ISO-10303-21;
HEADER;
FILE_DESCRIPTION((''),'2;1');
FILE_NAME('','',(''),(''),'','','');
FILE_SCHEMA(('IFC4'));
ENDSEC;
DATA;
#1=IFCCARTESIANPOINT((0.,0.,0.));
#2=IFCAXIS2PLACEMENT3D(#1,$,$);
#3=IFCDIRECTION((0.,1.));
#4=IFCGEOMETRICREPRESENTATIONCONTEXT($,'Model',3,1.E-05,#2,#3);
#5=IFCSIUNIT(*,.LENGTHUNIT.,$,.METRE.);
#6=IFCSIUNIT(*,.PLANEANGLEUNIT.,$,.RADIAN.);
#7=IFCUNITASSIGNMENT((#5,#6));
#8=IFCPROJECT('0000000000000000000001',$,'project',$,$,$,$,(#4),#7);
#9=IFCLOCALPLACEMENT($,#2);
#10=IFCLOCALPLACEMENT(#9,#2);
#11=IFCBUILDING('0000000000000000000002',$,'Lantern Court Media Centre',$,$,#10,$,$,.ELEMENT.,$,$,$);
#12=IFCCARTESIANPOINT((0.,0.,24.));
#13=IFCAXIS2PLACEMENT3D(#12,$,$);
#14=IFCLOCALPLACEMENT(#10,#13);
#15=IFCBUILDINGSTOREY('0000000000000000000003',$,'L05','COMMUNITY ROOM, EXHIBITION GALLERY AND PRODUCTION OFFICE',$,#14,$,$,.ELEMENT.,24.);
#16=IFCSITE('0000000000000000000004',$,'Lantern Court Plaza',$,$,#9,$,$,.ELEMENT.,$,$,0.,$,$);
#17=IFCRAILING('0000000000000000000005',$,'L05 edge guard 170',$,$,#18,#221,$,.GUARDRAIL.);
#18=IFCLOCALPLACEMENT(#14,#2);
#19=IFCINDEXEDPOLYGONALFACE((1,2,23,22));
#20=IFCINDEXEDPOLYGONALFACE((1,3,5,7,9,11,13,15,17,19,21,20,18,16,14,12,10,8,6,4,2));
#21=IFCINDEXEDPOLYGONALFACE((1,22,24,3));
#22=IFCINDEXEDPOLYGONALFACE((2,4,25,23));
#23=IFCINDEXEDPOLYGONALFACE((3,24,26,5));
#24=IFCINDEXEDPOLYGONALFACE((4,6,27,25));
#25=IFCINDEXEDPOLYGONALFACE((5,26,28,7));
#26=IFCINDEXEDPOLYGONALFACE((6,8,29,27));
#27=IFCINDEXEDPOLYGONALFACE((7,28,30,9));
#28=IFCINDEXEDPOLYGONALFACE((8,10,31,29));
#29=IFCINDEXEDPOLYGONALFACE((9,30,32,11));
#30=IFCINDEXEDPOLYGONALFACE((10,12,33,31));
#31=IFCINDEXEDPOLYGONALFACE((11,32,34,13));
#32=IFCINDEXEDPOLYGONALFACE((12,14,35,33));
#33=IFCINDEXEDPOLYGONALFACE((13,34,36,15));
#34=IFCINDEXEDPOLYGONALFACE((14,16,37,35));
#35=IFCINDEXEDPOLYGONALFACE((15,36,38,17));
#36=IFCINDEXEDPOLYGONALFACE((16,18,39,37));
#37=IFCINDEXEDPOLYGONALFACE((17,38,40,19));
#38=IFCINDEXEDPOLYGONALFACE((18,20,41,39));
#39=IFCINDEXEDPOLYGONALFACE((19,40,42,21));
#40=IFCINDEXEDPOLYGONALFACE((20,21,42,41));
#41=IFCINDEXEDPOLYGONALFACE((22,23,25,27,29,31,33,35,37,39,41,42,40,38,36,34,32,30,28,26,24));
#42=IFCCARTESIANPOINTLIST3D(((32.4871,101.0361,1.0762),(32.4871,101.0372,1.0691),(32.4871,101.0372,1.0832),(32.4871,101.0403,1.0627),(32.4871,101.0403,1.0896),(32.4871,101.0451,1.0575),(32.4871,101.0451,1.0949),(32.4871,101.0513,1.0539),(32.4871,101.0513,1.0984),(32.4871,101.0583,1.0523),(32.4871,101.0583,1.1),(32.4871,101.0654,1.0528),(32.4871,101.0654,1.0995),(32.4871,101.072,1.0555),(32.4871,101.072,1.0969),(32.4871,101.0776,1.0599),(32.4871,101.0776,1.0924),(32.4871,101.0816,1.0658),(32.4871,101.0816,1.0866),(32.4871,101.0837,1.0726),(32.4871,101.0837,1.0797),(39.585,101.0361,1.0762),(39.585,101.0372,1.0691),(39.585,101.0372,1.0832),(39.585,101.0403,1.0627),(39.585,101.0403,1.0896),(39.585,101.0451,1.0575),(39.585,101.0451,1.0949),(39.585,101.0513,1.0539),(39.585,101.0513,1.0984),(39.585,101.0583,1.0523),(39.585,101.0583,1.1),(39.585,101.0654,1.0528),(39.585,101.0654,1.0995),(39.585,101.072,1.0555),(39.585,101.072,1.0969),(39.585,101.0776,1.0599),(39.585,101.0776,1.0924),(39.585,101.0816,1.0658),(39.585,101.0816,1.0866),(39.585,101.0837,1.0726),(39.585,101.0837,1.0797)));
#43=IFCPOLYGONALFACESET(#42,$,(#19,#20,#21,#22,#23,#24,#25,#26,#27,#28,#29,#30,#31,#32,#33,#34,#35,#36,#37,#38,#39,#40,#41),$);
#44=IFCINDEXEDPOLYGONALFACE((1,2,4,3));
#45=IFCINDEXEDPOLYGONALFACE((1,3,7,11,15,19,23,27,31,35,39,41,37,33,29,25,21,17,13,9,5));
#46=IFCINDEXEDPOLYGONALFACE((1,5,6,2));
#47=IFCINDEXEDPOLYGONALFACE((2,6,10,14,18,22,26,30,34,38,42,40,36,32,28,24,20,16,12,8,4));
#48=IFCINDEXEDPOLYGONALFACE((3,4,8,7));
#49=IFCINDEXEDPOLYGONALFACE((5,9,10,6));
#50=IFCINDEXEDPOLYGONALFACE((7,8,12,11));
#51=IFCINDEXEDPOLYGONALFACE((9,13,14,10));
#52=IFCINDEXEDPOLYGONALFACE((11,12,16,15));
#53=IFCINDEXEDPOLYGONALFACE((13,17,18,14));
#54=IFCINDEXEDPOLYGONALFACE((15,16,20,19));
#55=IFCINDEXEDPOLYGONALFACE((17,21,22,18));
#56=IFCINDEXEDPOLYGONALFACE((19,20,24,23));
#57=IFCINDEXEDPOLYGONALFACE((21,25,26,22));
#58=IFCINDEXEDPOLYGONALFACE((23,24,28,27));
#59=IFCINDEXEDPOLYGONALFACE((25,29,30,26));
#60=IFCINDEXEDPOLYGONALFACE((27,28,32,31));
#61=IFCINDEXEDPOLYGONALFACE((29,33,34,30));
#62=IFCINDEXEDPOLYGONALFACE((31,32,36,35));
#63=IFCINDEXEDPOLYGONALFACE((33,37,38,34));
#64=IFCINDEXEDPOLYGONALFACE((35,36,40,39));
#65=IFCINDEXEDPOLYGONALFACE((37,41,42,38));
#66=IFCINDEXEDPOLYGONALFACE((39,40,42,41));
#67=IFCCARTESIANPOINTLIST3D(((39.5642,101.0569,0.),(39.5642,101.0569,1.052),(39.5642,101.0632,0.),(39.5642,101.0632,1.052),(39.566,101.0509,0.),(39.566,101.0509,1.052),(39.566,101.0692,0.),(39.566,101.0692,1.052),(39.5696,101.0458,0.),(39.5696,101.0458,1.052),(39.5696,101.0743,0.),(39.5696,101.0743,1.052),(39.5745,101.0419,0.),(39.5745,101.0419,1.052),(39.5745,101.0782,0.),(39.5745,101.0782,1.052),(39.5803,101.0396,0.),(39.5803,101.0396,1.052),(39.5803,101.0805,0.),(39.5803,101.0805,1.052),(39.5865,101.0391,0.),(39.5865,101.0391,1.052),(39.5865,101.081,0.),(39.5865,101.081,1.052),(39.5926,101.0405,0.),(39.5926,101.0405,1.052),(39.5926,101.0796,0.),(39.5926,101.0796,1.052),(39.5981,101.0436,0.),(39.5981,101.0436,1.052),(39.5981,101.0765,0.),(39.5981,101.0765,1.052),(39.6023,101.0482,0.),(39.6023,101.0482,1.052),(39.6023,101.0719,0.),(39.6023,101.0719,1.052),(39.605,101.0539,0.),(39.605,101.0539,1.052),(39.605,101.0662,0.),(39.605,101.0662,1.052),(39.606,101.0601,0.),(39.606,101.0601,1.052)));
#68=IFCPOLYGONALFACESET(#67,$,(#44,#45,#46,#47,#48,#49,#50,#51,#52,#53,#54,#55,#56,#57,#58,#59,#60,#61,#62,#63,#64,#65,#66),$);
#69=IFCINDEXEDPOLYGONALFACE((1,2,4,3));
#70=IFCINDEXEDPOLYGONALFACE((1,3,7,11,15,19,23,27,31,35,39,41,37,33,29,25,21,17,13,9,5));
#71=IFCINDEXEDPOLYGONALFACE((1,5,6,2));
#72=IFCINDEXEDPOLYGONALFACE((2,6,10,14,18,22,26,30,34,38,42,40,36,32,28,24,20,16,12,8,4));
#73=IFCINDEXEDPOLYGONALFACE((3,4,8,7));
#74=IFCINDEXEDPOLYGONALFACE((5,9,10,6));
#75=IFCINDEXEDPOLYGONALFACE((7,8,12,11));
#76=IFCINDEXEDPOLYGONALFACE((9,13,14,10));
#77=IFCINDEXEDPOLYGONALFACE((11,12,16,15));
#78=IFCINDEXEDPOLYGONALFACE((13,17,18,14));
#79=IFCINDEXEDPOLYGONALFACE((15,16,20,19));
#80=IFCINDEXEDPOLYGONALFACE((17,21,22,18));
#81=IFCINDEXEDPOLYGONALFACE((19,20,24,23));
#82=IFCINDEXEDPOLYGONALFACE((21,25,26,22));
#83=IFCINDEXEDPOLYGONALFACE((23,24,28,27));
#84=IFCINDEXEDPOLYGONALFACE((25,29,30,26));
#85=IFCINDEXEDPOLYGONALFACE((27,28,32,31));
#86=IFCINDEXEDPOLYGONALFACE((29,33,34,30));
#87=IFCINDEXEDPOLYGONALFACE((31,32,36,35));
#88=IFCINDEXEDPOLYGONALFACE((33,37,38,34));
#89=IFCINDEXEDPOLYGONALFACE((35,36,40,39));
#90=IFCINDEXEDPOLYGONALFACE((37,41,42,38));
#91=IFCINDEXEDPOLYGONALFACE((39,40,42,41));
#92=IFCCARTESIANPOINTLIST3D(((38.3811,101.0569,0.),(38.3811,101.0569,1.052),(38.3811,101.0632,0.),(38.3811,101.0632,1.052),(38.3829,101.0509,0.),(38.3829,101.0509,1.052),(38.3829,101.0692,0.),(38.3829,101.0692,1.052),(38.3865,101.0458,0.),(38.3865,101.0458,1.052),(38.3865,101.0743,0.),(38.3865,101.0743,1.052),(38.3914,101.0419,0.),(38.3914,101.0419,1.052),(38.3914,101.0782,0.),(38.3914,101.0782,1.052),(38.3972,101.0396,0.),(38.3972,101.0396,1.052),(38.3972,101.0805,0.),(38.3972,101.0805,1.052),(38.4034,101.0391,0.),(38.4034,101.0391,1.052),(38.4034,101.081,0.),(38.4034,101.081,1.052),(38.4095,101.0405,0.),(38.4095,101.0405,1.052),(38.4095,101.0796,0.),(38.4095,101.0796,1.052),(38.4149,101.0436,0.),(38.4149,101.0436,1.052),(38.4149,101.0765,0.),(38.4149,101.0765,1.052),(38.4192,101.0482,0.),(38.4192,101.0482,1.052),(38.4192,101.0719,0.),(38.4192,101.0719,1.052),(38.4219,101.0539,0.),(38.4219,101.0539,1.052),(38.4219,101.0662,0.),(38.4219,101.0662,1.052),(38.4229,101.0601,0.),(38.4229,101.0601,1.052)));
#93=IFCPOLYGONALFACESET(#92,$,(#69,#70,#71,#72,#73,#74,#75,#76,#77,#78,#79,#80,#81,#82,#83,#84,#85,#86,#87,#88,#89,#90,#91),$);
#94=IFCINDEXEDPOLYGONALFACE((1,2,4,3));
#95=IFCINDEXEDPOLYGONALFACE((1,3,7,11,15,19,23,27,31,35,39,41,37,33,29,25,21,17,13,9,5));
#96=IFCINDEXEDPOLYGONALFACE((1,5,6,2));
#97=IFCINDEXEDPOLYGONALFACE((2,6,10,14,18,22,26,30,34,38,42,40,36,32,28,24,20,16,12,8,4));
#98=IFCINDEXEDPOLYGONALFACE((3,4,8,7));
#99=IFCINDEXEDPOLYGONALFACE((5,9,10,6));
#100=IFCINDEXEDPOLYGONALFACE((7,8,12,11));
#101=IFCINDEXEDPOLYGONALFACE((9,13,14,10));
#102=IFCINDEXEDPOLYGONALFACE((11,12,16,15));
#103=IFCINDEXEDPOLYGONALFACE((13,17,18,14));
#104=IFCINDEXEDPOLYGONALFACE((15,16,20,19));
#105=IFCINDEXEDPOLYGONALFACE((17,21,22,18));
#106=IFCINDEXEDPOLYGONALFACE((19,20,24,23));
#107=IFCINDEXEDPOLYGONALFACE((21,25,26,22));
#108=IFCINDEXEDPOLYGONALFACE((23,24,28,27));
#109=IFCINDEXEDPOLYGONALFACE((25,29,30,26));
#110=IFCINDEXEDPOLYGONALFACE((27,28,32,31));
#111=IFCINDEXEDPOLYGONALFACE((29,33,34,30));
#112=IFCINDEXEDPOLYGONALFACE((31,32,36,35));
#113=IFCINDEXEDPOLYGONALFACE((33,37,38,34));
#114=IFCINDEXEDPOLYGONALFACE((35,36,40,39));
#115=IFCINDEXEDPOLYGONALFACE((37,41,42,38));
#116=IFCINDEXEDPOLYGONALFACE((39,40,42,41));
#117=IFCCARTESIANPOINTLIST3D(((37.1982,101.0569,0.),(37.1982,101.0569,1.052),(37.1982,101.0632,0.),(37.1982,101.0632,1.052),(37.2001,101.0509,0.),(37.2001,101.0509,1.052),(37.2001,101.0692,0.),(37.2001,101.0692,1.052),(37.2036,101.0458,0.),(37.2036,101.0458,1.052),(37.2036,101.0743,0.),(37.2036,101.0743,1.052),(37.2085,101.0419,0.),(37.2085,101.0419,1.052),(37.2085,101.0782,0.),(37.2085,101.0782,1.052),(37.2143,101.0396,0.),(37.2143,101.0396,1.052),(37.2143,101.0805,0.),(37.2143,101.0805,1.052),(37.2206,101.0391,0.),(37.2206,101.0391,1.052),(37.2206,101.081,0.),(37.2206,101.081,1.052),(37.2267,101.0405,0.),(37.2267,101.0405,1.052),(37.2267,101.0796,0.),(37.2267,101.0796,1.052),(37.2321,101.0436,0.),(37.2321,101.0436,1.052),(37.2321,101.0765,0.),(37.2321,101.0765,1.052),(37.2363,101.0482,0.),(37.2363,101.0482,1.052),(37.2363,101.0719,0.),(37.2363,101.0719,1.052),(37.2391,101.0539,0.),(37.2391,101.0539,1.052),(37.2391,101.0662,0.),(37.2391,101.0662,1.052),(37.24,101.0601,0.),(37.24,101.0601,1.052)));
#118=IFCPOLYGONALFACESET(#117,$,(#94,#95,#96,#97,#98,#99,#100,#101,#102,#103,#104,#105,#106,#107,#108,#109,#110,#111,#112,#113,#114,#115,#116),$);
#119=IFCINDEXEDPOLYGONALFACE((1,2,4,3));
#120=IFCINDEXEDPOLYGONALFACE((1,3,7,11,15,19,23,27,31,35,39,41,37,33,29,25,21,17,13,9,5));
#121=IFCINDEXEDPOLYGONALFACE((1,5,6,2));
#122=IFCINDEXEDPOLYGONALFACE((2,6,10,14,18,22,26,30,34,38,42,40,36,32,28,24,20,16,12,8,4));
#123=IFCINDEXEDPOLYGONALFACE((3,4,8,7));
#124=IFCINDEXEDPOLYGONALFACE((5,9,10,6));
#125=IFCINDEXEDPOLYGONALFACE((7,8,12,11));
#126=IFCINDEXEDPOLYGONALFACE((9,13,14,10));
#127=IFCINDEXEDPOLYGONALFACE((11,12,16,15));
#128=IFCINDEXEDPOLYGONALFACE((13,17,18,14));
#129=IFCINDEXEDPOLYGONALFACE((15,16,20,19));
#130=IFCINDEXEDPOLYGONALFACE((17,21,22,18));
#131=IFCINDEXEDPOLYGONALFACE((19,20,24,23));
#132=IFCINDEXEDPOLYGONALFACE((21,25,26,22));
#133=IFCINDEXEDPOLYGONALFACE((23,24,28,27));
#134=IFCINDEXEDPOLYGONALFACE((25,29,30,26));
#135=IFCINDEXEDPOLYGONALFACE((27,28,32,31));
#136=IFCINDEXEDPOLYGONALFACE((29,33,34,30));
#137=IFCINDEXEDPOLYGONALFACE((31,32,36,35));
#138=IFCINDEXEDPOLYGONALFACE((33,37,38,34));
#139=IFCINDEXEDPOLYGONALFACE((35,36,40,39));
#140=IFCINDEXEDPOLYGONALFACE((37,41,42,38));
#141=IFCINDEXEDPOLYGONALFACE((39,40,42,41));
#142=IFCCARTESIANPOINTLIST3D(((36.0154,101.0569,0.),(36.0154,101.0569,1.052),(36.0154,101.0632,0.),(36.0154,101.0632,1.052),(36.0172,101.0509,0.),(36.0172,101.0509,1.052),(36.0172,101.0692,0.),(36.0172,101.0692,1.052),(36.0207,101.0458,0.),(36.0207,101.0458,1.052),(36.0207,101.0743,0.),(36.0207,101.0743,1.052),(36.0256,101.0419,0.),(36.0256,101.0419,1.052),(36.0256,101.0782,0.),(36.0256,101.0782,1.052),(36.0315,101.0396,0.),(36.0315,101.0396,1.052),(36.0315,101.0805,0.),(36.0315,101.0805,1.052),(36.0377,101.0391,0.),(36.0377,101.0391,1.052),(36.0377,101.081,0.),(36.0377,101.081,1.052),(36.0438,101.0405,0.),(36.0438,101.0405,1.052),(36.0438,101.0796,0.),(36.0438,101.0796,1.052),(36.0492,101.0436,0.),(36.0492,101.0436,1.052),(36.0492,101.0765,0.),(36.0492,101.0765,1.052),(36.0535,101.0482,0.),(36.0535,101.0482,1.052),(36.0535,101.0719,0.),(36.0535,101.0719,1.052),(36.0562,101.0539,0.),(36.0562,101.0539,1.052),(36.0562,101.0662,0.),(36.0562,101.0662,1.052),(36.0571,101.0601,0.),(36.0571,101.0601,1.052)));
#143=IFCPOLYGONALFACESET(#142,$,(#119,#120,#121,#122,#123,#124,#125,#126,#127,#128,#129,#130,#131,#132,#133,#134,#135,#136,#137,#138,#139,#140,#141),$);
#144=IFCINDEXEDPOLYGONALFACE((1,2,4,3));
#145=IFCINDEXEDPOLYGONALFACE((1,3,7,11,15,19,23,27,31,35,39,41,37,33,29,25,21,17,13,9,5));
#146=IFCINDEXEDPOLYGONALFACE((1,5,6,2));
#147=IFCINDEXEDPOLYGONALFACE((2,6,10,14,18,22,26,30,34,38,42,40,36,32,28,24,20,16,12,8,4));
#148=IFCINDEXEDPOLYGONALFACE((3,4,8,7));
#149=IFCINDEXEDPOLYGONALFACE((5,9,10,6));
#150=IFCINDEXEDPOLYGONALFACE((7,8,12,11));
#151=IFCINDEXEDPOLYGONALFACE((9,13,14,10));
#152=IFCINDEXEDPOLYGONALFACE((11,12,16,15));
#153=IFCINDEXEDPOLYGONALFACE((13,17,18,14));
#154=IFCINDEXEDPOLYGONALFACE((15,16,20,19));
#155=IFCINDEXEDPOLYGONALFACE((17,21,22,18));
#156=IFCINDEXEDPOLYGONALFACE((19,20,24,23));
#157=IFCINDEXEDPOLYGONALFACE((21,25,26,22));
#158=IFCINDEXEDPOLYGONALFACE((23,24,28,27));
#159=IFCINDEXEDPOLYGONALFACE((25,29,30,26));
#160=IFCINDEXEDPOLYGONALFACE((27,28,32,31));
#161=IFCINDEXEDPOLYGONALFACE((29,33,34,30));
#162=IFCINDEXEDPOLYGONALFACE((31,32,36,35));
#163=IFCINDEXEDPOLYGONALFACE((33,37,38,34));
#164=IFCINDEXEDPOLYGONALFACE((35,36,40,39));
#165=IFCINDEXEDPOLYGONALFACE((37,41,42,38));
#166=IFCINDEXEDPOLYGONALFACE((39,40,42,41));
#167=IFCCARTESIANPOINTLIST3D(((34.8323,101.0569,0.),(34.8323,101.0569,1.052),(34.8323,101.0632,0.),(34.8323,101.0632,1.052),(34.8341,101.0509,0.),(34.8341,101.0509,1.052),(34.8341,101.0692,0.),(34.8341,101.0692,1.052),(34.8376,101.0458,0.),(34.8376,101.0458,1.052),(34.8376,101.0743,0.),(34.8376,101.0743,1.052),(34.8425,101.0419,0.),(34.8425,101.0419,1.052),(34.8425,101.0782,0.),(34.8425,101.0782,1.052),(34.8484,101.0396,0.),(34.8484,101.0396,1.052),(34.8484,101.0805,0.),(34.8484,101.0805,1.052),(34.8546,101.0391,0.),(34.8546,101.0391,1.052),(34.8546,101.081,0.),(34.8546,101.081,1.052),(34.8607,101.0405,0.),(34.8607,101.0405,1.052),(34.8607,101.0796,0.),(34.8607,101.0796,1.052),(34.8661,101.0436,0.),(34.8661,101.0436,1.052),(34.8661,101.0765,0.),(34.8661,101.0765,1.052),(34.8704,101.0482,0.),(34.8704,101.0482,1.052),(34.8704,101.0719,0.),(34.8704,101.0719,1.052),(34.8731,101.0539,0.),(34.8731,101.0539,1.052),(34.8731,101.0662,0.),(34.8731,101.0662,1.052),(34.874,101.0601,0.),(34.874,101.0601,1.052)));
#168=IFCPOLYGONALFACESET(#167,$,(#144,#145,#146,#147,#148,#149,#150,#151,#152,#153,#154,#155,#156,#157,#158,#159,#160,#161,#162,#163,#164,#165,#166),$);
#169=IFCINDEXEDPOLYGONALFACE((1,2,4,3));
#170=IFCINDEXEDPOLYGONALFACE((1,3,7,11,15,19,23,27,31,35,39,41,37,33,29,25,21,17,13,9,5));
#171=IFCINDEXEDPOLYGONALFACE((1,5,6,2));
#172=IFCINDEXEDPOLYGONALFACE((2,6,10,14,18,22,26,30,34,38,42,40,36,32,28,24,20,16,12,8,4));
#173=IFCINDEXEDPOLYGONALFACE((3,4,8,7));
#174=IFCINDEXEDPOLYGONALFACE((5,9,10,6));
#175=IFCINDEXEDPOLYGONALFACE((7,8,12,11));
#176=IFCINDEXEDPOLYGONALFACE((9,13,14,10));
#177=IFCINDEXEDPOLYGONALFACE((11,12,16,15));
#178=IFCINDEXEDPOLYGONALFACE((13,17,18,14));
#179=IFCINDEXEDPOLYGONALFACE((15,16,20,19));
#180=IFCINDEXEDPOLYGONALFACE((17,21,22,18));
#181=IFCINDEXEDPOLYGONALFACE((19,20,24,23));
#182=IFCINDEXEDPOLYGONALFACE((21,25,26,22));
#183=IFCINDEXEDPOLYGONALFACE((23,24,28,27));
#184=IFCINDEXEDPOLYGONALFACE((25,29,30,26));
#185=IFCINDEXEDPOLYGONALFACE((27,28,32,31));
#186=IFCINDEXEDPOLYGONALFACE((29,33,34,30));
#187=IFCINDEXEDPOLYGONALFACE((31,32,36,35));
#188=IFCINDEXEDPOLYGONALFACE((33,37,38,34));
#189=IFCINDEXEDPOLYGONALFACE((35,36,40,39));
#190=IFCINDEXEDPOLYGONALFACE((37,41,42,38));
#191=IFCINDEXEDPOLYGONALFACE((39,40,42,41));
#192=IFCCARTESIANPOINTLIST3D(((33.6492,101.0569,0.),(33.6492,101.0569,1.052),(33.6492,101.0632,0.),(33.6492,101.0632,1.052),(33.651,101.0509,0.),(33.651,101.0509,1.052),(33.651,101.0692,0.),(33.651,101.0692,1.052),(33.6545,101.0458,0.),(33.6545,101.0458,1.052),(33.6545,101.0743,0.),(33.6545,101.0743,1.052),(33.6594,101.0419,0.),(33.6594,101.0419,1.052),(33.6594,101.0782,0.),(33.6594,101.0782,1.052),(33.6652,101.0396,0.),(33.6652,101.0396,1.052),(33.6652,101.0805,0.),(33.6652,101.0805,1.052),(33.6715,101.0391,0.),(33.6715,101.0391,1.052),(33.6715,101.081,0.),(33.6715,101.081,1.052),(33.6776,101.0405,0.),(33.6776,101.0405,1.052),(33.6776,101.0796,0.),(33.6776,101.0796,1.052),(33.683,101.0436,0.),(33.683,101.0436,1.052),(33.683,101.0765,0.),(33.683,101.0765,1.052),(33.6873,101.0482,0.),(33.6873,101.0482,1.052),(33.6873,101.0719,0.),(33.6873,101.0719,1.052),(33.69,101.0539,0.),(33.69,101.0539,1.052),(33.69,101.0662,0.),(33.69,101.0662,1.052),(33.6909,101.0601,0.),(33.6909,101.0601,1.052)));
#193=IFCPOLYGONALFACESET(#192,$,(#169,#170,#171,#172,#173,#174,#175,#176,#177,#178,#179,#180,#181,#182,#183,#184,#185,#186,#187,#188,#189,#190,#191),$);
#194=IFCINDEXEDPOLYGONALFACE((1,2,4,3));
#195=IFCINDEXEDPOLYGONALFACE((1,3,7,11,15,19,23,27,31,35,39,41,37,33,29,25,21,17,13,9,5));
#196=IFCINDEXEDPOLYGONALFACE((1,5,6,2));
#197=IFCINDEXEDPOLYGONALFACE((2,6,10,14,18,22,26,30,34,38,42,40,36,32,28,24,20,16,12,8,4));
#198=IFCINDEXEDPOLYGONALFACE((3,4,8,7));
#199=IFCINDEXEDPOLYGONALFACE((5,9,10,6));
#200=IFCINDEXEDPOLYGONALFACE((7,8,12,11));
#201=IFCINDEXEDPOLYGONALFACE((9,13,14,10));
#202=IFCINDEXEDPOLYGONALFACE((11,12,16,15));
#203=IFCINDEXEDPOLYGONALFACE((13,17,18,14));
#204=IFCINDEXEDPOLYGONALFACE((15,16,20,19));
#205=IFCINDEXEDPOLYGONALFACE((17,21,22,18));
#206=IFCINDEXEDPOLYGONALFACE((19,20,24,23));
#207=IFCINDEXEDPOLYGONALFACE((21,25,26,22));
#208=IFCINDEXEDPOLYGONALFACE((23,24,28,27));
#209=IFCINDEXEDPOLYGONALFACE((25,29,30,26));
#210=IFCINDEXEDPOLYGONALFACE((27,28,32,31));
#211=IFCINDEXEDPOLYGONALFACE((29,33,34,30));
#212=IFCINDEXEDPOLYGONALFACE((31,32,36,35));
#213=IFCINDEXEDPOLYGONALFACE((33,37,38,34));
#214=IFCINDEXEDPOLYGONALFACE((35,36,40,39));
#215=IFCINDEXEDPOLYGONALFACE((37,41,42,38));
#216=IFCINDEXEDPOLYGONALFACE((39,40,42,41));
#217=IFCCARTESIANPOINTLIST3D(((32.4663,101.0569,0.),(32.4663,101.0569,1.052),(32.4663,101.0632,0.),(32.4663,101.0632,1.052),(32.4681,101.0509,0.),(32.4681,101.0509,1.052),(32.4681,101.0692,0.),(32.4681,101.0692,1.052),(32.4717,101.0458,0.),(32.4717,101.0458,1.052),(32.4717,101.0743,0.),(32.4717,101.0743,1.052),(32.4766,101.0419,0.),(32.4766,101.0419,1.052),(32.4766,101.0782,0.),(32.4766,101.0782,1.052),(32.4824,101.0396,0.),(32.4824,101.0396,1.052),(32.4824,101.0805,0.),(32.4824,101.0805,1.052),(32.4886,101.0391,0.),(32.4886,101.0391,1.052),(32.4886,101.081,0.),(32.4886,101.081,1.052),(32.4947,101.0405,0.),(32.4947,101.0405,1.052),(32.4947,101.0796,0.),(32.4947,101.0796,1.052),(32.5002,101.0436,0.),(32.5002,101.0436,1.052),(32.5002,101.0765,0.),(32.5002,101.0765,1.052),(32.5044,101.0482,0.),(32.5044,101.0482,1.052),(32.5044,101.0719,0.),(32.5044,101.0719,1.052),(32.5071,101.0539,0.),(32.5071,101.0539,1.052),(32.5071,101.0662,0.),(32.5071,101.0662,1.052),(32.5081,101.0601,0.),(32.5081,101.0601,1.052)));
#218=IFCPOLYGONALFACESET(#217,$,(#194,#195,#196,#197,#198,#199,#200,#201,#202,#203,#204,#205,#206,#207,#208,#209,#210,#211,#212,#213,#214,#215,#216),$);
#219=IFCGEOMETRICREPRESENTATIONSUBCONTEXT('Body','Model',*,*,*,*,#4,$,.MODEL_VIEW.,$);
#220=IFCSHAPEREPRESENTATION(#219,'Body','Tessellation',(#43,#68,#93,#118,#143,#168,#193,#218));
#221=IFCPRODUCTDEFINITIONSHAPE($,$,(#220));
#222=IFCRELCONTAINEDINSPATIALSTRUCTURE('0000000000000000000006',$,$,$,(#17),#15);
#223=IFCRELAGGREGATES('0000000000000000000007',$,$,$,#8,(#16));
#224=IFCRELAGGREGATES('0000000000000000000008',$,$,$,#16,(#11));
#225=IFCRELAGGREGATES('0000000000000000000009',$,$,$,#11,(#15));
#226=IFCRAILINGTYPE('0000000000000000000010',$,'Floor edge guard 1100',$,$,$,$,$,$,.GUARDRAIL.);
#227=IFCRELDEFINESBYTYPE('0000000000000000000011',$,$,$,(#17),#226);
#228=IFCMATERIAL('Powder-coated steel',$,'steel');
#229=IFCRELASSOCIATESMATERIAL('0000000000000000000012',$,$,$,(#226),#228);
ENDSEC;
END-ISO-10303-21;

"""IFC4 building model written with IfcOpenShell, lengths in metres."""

from ifc_helpers import new_model, si_unit, direction, frame, origin, origin_2d, place, context, subcontext, project, spatial, circle, extrude, material, type_object, element, save


model = new_model("IFC4")

# Units and contexts
model_context = context("Model", 3, precision=1e-05, world=origin(), true_north=direction((0.0, 1.0)))
body_context = subcontext(model_context, "Body", "Model", "MODEL_VIEW")
ifc_project = project(units=[si_unit("LENGTHUNIT", "METRE"), si_unit("PLANEANGLEUNIT", "RADIAN")], contexts=[model_context])

# Site, building, storey
site_placement = place(None, origin())
site = spatial("IfcSite", under=ifc_project, at=site_placement, Name="Lantern Court Plaza", CompositionType="ELEMENT", RefElevation=0.0)
building_placement = place(site_placement, origin())
building = spatial("IfcBuilding", under=site, at=building_placement, Name="Lantern Court Media Centre", CompositionType="ELEMENT")
storey_placement = place(building_placement, frame((0.0, 0.0, 24.0)))
storey = spatial("IfcBuildingStorey", under=building, at=storey_placement, Name="L05", Description="COMMUNITY ROOM, EXHIBITION GALLERY AND PRODUCTION OFFICE", CompositionType="ELEMENT", Elevation=24.0)

# Railing
ifc_material_1 = material(Name="Powder-coated steel", Category="steel")
railing_type = type_object("IfcRailingType", Name="Floor edge guard 1100", PredefinedType="GUARDRAIL", material=ifc_material_1)
railing_placement = place(storey_placement, frame((39.585, 101.0601, 0.0)))
element("IfcRailing", 1, at=railing_placement, inside=storey, type_object=railing_type, Name="L05 edge guard 170", PredefinedType="GUARDRAIL", context=body_context, shape_type="SweptSolid", body=[
    extrude(circle(Radius=0.0239, at=origin_2d()), frame((0.0, 0.0, 1.0762), z_axis=(-1.0, 0.0, 0.0), x_axis=(0.0, -1.0, 0.0)), (0.0, 0.0, 1.0), 7.0979),
    extrude(circle(Radius=0.021, at=origin_2d()), origin(), (0.0, 0.0, 1.0), 1.052),
    extrude(circle(Radius=0.021, at=origin_2d()), frame((-1.1831, 0.0, 0.0)), (0.0, 0.0, 1.0), 1.052),
    extrude(circle(Radius=0.021, at=origin_2d()), frame((-2.366, 0.0, 0.0)), (0.0, 0.0, 1.0), 1.052),
    extrude(circle(Radius=0.021, at=origin_2d()), frame((-3.5488, 0.0, 0.0)), (0.0, 0.0, 1.0), 1.052),
    extrude(circle(Radius=0.021, at=origin_2d()), frame((-4.7319, 0.0, 0.0)), (0.0, 0.0, 1.0), 1.052),
    extrude(circle(Radius=0.021, at=origin_2d()), frame((-5.915, 0.0, 0.0)), (0.0, 0.0, 1.0), 1.052),
    extrude(circle(Radius=0.021, at=origin_2d()), frame((-7.0979, 0.0, 0.0)), (0.0, 0.0, 1.0), 1.052),
])

save(model, "model.ifc")
